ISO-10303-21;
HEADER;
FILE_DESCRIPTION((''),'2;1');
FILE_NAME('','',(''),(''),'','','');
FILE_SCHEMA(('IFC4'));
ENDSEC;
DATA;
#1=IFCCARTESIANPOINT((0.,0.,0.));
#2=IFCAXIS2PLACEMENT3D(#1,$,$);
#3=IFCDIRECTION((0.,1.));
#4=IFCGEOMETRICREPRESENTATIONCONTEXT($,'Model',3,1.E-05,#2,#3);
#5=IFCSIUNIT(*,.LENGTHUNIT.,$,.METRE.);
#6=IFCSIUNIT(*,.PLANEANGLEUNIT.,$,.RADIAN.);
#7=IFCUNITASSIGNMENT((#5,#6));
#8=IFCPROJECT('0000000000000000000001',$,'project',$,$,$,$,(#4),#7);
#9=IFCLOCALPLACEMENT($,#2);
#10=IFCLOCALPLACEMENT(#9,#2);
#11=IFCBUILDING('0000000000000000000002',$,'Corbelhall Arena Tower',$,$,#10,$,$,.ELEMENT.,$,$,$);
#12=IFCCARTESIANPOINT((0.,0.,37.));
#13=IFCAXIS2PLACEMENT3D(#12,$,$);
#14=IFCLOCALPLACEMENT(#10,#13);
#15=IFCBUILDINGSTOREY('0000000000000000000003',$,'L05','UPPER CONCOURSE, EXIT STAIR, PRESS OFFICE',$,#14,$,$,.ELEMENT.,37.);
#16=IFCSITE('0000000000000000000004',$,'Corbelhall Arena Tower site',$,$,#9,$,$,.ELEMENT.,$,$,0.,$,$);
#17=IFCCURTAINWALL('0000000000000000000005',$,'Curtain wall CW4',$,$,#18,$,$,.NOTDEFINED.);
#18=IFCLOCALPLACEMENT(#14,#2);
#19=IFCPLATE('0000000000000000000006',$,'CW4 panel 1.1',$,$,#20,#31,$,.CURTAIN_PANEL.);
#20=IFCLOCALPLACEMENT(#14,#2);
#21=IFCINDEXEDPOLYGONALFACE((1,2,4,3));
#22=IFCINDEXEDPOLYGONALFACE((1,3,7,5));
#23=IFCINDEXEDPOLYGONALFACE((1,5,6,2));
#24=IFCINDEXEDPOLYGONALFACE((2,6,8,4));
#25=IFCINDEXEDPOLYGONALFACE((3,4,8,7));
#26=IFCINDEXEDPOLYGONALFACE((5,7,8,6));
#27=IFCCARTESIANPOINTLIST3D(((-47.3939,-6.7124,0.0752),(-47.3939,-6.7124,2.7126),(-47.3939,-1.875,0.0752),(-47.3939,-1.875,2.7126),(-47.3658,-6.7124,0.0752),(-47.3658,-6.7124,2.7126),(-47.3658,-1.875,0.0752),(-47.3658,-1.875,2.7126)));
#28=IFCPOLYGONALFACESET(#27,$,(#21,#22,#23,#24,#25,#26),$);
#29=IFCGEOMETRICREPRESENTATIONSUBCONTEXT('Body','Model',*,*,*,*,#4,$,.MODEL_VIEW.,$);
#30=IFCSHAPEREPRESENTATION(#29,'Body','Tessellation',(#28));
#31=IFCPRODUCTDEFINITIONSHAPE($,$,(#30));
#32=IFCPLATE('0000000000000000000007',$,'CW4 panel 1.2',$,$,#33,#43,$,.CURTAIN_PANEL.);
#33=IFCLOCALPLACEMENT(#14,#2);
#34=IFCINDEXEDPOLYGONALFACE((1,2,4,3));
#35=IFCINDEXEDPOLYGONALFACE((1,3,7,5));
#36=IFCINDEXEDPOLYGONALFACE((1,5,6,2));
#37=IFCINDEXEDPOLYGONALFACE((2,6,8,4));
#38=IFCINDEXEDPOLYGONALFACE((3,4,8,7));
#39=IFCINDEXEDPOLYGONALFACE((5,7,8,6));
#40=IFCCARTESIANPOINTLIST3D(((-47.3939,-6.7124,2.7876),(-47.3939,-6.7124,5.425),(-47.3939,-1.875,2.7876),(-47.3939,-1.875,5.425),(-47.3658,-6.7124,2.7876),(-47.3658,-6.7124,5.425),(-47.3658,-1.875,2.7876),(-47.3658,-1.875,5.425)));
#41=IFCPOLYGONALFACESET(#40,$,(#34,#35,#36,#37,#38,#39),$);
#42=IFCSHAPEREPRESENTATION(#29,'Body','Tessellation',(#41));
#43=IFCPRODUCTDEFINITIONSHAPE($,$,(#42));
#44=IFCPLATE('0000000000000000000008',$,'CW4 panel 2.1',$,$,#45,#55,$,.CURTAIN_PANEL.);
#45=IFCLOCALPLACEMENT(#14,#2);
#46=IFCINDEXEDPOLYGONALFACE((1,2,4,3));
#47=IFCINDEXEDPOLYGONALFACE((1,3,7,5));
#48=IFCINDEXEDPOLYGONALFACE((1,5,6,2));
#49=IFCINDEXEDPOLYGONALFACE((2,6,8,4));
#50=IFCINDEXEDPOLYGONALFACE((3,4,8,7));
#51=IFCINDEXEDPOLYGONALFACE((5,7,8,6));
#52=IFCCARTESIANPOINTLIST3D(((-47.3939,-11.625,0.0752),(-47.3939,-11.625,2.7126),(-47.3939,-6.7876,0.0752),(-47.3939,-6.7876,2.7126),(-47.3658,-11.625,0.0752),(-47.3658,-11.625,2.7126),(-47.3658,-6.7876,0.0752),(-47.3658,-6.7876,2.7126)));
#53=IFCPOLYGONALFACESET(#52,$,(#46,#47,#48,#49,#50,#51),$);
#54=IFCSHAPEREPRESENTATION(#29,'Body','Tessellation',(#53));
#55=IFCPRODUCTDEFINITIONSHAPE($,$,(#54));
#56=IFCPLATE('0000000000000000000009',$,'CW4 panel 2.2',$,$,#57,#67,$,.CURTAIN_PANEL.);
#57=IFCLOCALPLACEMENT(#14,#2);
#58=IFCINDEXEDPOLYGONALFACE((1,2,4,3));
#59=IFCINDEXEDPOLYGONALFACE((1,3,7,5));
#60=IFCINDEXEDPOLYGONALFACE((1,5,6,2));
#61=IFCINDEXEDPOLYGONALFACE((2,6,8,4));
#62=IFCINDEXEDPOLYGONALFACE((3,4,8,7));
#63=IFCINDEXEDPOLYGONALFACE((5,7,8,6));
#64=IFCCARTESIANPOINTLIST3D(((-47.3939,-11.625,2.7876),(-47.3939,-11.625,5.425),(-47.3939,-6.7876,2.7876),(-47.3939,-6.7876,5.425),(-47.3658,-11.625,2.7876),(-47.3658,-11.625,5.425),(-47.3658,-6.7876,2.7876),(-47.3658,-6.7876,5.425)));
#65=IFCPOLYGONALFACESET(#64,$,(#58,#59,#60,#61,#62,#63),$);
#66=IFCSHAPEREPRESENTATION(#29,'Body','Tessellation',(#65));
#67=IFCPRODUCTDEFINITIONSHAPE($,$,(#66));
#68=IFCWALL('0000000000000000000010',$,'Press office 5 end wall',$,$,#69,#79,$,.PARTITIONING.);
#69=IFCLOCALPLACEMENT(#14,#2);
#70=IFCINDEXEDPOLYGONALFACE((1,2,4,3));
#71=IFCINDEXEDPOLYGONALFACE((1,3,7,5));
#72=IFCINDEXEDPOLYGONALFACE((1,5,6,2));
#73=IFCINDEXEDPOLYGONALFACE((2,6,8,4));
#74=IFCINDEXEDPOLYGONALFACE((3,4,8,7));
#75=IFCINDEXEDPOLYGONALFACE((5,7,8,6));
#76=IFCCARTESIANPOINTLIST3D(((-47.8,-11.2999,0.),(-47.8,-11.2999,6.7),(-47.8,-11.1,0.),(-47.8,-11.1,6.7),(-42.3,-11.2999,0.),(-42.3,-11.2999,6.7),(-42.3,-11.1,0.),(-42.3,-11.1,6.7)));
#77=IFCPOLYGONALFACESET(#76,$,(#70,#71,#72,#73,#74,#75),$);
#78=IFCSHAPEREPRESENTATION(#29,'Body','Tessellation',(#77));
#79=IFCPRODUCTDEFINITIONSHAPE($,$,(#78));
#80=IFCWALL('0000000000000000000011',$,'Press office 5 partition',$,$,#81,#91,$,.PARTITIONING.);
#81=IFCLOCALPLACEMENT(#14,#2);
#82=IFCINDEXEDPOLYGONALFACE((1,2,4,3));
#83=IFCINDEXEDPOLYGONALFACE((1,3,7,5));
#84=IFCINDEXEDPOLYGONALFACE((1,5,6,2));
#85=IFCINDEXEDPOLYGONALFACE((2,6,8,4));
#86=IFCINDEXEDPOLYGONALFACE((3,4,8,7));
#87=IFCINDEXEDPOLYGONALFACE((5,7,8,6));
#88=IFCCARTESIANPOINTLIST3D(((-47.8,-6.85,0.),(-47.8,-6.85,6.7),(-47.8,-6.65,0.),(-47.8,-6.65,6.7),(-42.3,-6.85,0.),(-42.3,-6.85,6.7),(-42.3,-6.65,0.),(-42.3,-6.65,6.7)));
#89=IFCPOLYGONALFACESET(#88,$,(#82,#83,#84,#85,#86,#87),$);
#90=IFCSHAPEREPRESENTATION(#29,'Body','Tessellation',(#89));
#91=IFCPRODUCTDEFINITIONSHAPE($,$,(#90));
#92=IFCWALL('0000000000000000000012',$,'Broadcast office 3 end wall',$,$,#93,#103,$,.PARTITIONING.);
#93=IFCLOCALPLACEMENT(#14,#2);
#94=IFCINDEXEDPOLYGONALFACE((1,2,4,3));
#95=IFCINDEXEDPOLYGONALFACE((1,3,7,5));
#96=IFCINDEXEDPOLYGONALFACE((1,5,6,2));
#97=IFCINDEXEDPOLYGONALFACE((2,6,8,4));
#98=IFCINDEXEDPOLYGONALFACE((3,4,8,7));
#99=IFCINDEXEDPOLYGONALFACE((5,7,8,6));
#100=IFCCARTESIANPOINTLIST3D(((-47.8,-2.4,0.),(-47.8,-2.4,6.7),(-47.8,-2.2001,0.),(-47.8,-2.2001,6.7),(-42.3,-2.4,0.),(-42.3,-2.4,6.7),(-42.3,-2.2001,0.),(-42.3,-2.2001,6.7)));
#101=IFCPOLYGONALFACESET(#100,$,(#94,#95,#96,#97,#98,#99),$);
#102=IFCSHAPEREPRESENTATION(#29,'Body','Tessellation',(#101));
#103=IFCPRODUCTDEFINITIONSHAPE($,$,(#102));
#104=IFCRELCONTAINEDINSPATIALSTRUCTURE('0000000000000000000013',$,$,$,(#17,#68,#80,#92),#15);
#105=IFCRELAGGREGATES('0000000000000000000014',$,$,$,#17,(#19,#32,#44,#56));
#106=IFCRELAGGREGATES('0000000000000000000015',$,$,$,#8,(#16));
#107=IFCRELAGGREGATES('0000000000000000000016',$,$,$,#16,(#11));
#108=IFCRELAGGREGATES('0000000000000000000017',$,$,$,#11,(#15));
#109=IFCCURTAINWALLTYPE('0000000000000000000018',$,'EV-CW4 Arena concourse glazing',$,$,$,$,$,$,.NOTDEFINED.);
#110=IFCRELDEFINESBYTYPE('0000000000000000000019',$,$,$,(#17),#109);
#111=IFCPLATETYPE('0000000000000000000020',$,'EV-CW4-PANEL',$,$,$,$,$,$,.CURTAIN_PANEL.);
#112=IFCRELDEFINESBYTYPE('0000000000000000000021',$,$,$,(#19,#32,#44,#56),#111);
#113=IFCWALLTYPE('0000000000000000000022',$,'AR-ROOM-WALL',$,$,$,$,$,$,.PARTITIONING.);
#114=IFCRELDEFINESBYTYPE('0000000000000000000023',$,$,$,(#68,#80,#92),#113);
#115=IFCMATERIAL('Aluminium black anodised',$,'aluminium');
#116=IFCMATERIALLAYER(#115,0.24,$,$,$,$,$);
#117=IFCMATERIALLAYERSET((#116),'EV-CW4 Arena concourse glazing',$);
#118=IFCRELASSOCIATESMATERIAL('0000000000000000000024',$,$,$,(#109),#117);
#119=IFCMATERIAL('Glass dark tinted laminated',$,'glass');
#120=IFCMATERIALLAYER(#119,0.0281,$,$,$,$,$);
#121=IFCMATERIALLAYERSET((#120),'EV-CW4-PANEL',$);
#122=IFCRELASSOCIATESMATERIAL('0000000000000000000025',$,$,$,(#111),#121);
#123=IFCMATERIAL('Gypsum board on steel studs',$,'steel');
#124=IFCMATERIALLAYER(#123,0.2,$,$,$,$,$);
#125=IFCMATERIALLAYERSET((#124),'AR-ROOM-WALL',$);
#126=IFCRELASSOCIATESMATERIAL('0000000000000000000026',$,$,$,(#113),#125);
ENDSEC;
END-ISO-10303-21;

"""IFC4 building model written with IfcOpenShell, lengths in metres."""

from ifc_helpers import new_model, si_unit, direction, frame, frame_2d, origin, origin_2d, place, context, subcontext, project, spatial, rectangle, extrude, material, layer, layer_set, type_object, element, aggregate, save


model = new_model("IFC4")

# Units and contexts
model_context = context("Model", 3, precision=1e-05, world=origin(), true_north=direction((0.0, 1.0)))
body_context = subcontext(model_context, "Body", "Model", "MODEL_VIEW")
ifc_project = project(units=[si_unit("LENGTHUNIT", "METRE"), si_unit("PLANEANGLEUNIT", "RADIAN")], contexts=[model_context])

# Site, building, storey
site_placement = place(None, origin())
site = spatial("IfcSite", under=ifc_project, at=site_placement, Name="Corbelhall Arena Tower site", CompositionType="ELEMENT", RefElevation=0.0)
building_placement = place(site_placement, origin())
building = spatial("IfcBuilding", under=site, at=building_placement, Name="Corbelhall Arena Tower", CompositionType="ELEMENT")
storey_placement = place(building_placement, frame((0.0, 0.0, 37.0)))
storey = spatial("IfcBuildingStorey", under=building, at=storey_placement, Name="L05", Description="UPPER CONCOURSE, EXIT STAIR, PRESS OFFICE", CompositionType="ELEMENT", Elevation=37.0)

# Curtain wall
ifc_material_1 = material(Name="Aluminium black anodised", Category="aluminium")
ifc_layer_1 = layer(ifc_material_1, 0.24)
ifc_layer_set_1 = layer_set([ifc_layer_1], Name="EV-CW4 Arena concourse glazing")
curtain_wall_type = type_object("IfcCurtainWallType", Name="EV-CW4 Arena concourse glazing", PredefinedType="NOTDEFINED", material=ifc_layer_set_1)
curtain_wall_placement = place(storey_placement, origin())
curtain_wall = element("IfcCurtainWall", 1, at=curtain_wall_placement, inside=storey, type_object=curtain_wall_type, Name="Curtain wall CW4", PredefinedType="NOTDEFINED")

# Plates
ifc_material_2 = material(Name="Glass dark tinted laminated", Category="glass")
ifc_layer_2 = layer(ifc_material_2, 0.0281)
ifc_layer_set_2 = layer_set([ifc_layer_2], Name="EV-CW4-PANEL")
plate_type = type_object("IfcPlateType", Name="EV-CW4-PANEL", PredefinedType="CURTAIN_PANEL", material=ifc_layer_set_2)
plate_1_placement = place(storey_placement, frame((-47.3799, -4.2937, 0.0752), z_axis=(0.0, 0.0, 1.0), x_axis=(0.0, -1.0, 0.0)))
plate_1 = element("IfcPlate", 2, at=plate_1_placement, type_object=plate_type, Name="CW4 panel 1.1", PredefinedType="CURTAIN_PANEL", context=body_context, shape_type="SweptSolid", body=[
    extrude(rectangle(XDim=4.8374, YDim=0.0281, at=origin_2d()), origin(), (0.0, 0.0, 1.0), 2.6375),
])
plate_2_placement = place(storey_placement, frame((-47.3799, -4.2937, 2.7876), z_axis=(0.0, 0.0, 1.0), x_axis=(0.0, -1.0, 0.0)))
plate_2 = element("IfcPlate", 3, at=plate_2_placement, type_object=plate_type, Name="CW4 panel 1.2", PredefinedType="CURTAIN_PANEL", context=body_context, shape_type="SweptSolid", body=[
    extrude(rectangle(XDim=4.8374, YDim=0.0281, at=origin_2d()), origin(), (0.0, 0.0, 1.0), 2.6375),
])
plate_3_placement = place(storey_placement, frame((-47.3799, -9.2063, 0.0752), z_axis=(0.0, 0.0, 1.0), x_axis=(0.0, -1.0, 0.0)))
plate_3 = element("IfcPlate", 4, at=plate_3_placement, type_object=plate_type, Name="CW4 panel 2.1", PredefinedType="CURTAIN_PANEL", context=body_context, shape_type="SweptSolid", body=[
    extrude(rectangle(XDim=4.8374, YDim=0.0281, at=origin_2d()), origin(), (0.0, 0.0, 1.0), 2.6375),
])
plate_4_placement = place(storey_placement, frame((-47.3799, -9.2063, 2.7876), z_axis=(0.0, 0.0, 1.0), x_axis=(0.0, -1.0, 0.0)))
plate_4 = element("IfcPlate", 5, at=plate_4_placement, type_object=plate_type, Name="CW4 panel 2.2", PredefinedType="CURTAIN_PANEL", context=body_context, shape_type="SweptSolid", body=[
    extrude(rectangle(XDim=4.8374, YDim=0.0281, at=origin_2d()), origin(), (0.0, 0.0, 1.0), 2.6375),
])
aggregate(curtain_wall, [plate_1, plate_2, plate_3, plate_4])

# Shared definitions
ifc_material_3 = material(Name="Gypsum board on steel studs", Category="steel")
ifc_layer_3 = layer(ifc_material_3, 0.2)
ifc_layer_set_3 = layer_set([ifc_layer_3], Name="AR-ROOM-WALL")
wall_type = type_object("IfcWallType", Name="AR-ROOM-WALL", PredefinedType="PARTITIONING", material=ifc_layer_set_3)

# Walls
for number, where, z_axis, x_axis, name in (
    (6, (-42.3, -11.2, 0.0), (0.0, 0.0, 1.0), (-1.0, 0.0, 0.0), "Press office 5 end wall"),
    (7, (-47.8, -6.75, 0.0), (0.0, 0.0, 1.0), (1.0, 0.0, 0.0), "Press office 5 partition"),
):
    element("IfcWall", number, at=place(storey_placement, frame(where, z_axis=z_axis, x_axis=x_axis)), inside=storey, type_object=wall_type, Name=name, PredefinedType="PARTITIONING", context=body_context, shape_type="SweptSolid", body=[
        extrude(rectangle(XDim=5.5, YDim=0.2, at=frame_2d((2.75, 0.0))), origin(), (0.0, 0.0, 1.0), 6.7),
    ])

# Wall
wall_1_placement = place(storey_placement, frame((-42.3, -2.3, 0.0), z_axis=(0.0, 0.0, 1.0), x_axis=(-1.0, 0.0, 0.0)))
element("IfcWall", 8, at=wall_1_placement, inside=storey, type_object=wall_type, Name="Broadcast office 3 end wall", PredefinedType="PARTITIONING", context=body_context, shape_type="SweptSolid", body=[
    extrude(rectangle(XDim=5.5, YDim=0.2, at=frame_2d((2.75, 0.0))), origin(), (0.0, 0.0, 1.0), 6.7),
])

save(model, "model.ifc")
